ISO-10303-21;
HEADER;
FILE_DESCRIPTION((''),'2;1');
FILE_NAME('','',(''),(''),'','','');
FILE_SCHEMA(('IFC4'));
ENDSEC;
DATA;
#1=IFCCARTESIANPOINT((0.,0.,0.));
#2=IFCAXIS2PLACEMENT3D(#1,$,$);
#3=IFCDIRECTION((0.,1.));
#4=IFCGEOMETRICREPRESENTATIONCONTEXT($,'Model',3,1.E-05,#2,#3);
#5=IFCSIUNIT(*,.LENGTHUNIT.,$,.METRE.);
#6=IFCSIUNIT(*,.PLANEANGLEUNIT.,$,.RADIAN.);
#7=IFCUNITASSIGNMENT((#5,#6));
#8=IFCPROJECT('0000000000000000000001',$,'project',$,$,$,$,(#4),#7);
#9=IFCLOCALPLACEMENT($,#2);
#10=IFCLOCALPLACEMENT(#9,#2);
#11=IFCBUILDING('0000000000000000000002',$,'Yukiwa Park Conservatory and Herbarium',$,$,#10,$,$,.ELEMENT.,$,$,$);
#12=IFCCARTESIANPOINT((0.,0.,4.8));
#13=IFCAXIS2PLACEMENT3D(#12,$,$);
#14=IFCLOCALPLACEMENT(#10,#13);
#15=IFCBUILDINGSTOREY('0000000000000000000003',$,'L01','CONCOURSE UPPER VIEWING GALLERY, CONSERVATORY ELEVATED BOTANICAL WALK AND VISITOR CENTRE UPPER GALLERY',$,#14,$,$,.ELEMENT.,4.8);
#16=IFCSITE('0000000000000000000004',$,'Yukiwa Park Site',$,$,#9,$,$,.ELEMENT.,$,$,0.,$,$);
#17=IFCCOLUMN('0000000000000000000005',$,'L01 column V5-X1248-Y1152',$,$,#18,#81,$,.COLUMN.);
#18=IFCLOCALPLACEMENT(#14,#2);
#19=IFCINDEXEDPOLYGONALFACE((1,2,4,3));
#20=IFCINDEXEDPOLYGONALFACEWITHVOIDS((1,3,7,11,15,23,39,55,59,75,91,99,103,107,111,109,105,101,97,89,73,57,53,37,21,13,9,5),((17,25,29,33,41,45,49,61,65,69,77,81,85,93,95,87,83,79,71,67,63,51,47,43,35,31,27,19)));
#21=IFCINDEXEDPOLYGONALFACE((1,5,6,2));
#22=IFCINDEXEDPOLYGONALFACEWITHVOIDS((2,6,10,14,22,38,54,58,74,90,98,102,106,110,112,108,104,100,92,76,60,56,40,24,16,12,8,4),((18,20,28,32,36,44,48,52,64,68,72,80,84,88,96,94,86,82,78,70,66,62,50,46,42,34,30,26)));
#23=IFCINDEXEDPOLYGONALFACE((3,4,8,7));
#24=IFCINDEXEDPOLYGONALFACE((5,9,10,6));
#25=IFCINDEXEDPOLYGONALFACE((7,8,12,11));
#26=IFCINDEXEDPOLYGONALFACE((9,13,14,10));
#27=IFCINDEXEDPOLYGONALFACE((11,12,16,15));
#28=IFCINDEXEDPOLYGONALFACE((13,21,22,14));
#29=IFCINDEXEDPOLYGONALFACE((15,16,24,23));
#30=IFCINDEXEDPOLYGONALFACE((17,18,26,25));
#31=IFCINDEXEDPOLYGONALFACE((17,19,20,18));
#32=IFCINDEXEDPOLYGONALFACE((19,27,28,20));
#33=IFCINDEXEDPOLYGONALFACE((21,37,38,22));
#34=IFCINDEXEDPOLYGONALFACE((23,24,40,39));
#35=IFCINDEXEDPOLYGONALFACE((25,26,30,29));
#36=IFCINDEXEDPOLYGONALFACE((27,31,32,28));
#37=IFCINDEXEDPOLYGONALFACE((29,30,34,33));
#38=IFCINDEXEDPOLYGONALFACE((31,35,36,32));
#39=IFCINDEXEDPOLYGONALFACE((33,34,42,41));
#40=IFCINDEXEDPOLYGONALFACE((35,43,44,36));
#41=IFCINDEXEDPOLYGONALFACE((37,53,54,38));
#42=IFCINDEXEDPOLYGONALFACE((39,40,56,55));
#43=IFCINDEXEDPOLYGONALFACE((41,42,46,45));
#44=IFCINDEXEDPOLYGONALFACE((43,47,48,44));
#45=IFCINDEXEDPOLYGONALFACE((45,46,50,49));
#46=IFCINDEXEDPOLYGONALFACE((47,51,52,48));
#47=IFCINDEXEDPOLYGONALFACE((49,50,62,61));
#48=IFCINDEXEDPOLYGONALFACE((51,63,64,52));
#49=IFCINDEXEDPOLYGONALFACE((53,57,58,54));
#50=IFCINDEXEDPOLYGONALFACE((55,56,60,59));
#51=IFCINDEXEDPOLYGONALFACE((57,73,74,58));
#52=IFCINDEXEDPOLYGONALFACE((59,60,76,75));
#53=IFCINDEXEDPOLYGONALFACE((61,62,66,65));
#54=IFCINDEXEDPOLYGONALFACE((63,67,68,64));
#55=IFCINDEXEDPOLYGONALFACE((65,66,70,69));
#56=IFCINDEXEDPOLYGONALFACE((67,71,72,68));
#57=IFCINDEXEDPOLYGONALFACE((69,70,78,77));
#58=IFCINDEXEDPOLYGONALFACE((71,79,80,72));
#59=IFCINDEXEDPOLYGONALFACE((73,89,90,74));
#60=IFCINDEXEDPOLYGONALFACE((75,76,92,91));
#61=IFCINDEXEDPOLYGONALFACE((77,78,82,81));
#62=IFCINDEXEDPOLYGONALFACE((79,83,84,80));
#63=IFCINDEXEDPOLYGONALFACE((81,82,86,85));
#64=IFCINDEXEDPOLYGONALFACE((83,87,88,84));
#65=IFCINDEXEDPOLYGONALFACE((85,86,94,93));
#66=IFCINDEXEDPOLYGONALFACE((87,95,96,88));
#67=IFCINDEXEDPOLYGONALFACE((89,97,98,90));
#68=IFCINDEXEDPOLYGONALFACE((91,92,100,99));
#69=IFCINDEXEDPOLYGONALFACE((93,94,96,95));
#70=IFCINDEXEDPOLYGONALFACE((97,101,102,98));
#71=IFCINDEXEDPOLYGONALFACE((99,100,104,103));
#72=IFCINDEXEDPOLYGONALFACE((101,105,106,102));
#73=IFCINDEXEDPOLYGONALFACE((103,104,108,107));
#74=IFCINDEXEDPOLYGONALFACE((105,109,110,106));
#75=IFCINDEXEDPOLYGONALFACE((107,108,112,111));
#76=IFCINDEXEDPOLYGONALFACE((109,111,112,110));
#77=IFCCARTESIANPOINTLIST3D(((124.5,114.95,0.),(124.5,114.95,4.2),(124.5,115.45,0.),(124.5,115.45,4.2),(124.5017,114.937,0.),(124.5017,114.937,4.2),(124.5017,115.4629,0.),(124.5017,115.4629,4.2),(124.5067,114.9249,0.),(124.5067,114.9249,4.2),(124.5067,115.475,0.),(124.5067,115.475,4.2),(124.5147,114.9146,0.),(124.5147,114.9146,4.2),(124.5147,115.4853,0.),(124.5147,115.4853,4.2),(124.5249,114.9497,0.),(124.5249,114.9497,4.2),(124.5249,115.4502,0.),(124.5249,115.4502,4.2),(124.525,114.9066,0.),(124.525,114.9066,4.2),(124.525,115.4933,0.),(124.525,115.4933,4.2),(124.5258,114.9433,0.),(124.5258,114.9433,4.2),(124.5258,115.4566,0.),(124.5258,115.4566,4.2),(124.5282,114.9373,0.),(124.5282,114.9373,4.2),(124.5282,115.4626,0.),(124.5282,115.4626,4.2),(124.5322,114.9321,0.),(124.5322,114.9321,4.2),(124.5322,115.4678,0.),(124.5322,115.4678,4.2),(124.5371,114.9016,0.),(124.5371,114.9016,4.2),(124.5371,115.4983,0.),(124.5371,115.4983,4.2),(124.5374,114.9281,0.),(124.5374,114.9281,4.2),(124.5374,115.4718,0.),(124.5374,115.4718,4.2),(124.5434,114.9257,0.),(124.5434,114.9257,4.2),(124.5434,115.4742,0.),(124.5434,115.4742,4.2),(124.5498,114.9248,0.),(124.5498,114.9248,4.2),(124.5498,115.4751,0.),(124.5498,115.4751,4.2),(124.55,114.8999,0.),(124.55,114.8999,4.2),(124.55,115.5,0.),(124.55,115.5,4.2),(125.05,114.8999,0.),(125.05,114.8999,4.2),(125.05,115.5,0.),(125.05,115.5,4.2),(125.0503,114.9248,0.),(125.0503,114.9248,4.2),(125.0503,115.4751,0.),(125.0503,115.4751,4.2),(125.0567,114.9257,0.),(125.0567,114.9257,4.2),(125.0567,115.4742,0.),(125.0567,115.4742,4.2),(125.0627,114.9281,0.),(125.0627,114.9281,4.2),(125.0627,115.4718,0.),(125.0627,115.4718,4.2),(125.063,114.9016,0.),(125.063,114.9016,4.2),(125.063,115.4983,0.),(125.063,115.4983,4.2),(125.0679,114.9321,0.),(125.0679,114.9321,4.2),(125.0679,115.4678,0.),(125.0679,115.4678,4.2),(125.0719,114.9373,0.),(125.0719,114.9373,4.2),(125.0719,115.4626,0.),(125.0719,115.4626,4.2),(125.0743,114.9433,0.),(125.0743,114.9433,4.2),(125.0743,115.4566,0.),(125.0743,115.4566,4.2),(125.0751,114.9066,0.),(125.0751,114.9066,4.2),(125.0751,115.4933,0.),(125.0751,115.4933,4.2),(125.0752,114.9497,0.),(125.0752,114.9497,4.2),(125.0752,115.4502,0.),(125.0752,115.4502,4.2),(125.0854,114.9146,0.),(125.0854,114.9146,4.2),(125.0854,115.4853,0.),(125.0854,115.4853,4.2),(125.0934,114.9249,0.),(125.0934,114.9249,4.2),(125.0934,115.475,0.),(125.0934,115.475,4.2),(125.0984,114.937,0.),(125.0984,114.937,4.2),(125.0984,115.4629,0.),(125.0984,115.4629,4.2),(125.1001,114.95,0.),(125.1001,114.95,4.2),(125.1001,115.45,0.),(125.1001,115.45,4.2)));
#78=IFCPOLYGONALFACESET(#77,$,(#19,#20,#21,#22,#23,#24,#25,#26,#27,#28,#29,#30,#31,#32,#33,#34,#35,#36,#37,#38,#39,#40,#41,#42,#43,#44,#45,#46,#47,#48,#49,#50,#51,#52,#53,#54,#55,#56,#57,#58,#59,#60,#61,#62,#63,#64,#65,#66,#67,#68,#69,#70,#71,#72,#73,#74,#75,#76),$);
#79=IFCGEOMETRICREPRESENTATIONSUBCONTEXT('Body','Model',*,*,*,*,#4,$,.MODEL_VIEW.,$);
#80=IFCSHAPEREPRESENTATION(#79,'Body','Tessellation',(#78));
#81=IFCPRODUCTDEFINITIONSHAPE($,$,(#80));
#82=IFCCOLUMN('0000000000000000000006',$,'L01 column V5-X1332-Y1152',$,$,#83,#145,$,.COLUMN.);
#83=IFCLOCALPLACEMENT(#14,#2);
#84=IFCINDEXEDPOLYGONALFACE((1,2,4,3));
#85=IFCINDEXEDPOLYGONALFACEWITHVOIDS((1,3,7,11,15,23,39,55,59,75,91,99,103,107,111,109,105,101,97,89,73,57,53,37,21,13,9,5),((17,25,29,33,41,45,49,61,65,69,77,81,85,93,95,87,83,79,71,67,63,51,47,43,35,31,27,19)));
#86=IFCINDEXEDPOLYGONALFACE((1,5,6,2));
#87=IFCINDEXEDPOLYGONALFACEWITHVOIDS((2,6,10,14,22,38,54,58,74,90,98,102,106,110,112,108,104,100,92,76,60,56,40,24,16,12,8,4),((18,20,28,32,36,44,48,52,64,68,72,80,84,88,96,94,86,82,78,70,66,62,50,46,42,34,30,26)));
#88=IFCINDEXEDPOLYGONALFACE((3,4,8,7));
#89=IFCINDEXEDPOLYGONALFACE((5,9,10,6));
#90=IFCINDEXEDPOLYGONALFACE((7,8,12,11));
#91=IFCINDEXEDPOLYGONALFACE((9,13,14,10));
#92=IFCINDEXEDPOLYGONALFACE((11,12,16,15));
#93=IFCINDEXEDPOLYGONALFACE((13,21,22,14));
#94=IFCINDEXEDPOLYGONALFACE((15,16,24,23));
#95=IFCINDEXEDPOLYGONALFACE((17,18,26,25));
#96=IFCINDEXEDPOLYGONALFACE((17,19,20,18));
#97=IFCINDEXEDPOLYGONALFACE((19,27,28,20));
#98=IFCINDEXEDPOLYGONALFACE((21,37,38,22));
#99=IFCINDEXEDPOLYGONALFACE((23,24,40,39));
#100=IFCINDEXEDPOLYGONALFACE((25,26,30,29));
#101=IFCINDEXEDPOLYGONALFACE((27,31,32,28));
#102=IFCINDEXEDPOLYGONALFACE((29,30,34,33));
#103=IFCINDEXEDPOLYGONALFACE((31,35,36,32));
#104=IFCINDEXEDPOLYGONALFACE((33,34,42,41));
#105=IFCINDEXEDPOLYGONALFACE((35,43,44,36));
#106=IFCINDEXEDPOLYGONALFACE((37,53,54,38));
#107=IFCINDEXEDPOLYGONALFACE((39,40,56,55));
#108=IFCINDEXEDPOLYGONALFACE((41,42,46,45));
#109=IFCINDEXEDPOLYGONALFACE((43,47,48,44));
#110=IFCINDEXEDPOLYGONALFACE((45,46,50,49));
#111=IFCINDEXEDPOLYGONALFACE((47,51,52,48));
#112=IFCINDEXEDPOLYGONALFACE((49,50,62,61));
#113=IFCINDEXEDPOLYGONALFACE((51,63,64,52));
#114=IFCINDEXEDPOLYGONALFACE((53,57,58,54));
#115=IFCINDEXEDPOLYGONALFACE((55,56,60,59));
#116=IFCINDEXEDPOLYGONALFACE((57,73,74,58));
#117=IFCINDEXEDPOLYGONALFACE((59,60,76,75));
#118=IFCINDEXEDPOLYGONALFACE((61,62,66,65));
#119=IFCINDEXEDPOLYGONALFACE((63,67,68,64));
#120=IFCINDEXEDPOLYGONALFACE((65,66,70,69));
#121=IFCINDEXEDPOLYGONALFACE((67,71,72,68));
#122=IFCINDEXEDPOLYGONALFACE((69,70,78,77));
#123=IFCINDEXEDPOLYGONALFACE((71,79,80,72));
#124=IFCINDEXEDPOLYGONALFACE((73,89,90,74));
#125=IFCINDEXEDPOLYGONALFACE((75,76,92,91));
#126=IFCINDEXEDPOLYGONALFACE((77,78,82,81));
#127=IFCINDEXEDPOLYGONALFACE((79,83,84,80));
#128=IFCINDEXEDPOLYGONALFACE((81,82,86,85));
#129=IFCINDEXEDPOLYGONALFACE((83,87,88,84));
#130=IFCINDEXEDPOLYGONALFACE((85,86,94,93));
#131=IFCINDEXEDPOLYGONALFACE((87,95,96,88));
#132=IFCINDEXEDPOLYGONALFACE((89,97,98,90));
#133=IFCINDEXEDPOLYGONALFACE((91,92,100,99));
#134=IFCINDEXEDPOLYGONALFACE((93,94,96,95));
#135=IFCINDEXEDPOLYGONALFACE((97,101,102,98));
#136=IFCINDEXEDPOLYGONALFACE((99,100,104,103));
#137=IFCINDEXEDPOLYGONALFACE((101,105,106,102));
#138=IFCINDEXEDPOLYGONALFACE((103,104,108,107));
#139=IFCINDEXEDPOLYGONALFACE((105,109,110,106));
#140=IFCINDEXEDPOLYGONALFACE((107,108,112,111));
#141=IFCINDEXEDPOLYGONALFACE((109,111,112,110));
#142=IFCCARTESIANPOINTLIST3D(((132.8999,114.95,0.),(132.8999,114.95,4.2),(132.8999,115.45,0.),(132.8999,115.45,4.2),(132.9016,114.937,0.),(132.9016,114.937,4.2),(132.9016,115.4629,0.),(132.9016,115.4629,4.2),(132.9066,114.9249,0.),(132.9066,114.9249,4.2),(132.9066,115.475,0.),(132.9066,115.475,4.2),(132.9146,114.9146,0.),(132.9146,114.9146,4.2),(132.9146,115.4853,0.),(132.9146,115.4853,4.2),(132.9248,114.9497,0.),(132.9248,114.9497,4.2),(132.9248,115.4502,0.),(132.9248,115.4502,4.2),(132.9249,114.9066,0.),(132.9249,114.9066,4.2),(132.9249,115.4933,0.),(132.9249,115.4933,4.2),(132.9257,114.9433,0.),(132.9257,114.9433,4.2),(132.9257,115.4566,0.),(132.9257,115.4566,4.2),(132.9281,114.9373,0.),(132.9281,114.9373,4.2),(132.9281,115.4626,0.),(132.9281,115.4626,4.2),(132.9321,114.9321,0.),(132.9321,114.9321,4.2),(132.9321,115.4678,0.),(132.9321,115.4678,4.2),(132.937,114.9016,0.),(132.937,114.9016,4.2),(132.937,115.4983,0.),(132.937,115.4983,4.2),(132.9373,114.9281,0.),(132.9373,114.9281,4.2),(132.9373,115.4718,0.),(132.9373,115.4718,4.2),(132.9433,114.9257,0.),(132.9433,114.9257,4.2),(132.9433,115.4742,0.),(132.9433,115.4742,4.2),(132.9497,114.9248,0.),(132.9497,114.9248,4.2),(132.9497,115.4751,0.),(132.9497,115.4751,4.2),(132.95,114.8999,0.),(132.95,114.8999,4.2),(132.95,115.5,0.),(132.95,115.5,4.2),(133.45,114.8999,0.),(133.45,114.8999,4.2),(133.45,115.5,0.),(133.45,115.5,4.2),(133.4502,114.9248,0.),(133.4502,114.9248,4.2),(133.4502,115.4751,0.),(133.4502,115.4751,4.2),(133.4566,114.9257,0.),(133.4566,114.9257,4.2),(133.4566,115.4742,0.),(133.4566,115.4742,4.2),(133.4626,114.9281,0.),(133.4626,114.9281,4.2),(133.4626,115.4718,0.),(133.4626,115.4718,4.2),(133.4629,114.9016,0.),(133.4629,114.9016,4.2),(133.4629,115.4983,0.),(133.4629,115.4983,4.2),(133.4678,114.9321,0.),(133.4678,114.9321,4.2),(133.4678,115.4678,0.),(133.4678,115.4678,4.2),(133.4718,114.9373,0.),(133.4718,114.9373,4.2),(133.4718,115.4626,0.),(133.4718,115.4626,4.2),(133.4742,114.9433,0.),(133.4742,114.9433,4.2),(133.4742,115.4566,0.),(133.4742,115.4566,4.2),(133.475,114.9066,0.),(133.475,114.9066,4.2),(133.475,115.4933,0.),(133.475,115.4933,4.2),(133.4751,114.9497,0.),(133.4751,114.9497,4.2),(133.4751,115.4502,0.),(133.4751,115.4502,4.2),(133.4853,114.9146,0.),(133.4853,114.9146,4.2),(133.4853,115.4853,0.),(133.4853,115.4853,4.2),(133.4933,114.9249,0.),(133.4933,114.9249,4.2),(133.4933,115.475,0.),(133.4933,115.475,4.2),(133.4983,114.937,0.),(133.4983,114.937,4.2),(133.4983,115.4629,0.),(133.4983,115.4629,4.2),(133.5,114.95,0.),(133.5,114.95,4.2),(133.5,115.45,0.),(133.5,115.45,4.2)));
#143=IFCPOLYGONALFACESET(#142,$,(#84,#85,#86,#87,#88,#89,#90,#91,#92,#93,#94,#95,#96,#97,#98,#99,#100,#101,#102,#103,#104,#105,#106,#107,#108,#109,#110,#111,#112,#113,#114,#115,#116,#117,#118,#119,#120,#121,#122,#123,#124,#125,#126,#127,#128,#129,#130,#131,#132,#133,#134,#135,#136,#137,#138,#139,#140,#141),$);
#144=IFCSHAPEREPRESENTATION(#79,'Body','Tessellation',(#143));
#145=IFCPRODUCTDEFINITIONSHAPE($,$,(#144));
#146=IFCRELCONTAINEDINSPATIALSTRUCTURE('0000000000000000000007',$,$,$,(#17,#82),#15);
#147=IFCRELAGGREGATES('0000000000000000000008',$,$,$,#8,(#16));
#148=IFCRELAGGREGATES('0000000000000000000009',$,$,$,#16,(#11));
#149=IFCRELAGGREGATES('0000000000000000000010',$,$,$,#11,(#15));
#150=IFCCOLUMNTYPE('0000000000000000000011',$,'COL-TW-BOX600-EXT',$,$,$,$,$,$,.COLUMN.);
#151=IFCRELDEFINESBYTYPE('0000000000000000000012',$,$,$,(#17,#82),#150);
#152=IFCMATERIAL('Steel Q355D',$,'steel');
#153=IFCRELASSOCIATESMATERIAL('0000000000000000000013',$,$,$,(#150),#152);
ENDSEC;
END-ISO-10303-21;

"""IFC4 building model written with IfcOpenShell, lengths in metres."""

from ifc_helpers import new_model, si_unit, direction, frame, origin, origin_2d, place, context, subcontext, project, spatial, hollow_rectangle, extrude, material, material_profile, profile_set, type_object, element, save


model = new_model("IFC4")

# Units and contexts
model_context = context("Model", 3, precision=1e-05, world=origin(), true_north=direction((0.0, 1.0)))
body_context = subcontext(model_context, "Body", "Model", "MODEL_VIEW")
ifc_project = project(units=[si_unit("LENGTHUNIT", "METRE"), si_unit("PLANEANGLEUNIT", "RADIAN")], contexts=[model_context])

# Site, building, storey
site_placement = place(None, origin())
site = spatial("IfcSite", under=ifc_project, at=site_placement, Name="Yukiwa Park Site", CompositionType="ELEMENT", RefElevation=0.0)
building_placement = place(site_placement, origin())
building = spatial("IfcBuilding", under=site, at=building_placement, Name="Yukiwa Park Conservatory and Herbarium", CompositionType="ELEMENT")
storey_placement = place(building_placement, frame((0.0, 0.0, 4.8)))
storey = spatial("IfcBuildingStorey", under=building, at=storey_placement, Name="L01", Description="CONCOURSE UPPER VIEWING GALLERY, CONSERVATORY ELEVATED BOTANICAL WALK AND VISITOR CENTRE UPPER GALLERY", CompositionType="ELEMENT", Elevation=4.8)

# Columns
ifc_material_1 = material(Name="Steel Q355D", Category="steel")
ifc_material_profile_1 = material_profile(ifc_material_1, hollow_rectangle(XDim=0.6001, YDim=0.6001, WallThickness=0.0249, InnerFilletRadius=0.0249, OuterFilletRadius=0.05, at=origin_2d()), Name="BOX 600x600x25")
ifc_profile_set_1 = profile_set([ifc_material_profile_1], Name="Steel Q355D")
column_type_1 = type_object("IfcColumnType", Name="COL-TW-BOX600-EXT", PredefinedType="COLUMN", material=ifc_profile_set_1)
for number, where, z_axis, x_axis, name in (
    (1, (124.8, 115.2, 0.0), (0.0, 0.0, 1.0), (1.0, 0.0, 0.0), "L01 column V5-X1248-Y1152"),
    (2, (133.2, 115.2, 0.0), (0.0, 0.0, 1.0), (1.0, 0.0, 0.0), "L01 column V5-X1332-Y1152"),
):
    element("IfcColumn", number, at=place(storey_placement, frame(where, z_axis=z_axis, x_axis=x_axis)), inside=storey, type_object=column_type_1, Name=name, PredefinedType="COLUMN", context=body_context, shape_type="SweptSolid", body=[
        extrude(hollow_rectangle(XDim=0.6001, YDim=0.6001, WallThickness=0.0249, InnerFilletRadius=0.0249, OuterFilletRadius=0.05, at=origin_2d()), origin(), (0.0, 0.0, 1.0), 4.2),
    ])

save(model, "model.ifc")
